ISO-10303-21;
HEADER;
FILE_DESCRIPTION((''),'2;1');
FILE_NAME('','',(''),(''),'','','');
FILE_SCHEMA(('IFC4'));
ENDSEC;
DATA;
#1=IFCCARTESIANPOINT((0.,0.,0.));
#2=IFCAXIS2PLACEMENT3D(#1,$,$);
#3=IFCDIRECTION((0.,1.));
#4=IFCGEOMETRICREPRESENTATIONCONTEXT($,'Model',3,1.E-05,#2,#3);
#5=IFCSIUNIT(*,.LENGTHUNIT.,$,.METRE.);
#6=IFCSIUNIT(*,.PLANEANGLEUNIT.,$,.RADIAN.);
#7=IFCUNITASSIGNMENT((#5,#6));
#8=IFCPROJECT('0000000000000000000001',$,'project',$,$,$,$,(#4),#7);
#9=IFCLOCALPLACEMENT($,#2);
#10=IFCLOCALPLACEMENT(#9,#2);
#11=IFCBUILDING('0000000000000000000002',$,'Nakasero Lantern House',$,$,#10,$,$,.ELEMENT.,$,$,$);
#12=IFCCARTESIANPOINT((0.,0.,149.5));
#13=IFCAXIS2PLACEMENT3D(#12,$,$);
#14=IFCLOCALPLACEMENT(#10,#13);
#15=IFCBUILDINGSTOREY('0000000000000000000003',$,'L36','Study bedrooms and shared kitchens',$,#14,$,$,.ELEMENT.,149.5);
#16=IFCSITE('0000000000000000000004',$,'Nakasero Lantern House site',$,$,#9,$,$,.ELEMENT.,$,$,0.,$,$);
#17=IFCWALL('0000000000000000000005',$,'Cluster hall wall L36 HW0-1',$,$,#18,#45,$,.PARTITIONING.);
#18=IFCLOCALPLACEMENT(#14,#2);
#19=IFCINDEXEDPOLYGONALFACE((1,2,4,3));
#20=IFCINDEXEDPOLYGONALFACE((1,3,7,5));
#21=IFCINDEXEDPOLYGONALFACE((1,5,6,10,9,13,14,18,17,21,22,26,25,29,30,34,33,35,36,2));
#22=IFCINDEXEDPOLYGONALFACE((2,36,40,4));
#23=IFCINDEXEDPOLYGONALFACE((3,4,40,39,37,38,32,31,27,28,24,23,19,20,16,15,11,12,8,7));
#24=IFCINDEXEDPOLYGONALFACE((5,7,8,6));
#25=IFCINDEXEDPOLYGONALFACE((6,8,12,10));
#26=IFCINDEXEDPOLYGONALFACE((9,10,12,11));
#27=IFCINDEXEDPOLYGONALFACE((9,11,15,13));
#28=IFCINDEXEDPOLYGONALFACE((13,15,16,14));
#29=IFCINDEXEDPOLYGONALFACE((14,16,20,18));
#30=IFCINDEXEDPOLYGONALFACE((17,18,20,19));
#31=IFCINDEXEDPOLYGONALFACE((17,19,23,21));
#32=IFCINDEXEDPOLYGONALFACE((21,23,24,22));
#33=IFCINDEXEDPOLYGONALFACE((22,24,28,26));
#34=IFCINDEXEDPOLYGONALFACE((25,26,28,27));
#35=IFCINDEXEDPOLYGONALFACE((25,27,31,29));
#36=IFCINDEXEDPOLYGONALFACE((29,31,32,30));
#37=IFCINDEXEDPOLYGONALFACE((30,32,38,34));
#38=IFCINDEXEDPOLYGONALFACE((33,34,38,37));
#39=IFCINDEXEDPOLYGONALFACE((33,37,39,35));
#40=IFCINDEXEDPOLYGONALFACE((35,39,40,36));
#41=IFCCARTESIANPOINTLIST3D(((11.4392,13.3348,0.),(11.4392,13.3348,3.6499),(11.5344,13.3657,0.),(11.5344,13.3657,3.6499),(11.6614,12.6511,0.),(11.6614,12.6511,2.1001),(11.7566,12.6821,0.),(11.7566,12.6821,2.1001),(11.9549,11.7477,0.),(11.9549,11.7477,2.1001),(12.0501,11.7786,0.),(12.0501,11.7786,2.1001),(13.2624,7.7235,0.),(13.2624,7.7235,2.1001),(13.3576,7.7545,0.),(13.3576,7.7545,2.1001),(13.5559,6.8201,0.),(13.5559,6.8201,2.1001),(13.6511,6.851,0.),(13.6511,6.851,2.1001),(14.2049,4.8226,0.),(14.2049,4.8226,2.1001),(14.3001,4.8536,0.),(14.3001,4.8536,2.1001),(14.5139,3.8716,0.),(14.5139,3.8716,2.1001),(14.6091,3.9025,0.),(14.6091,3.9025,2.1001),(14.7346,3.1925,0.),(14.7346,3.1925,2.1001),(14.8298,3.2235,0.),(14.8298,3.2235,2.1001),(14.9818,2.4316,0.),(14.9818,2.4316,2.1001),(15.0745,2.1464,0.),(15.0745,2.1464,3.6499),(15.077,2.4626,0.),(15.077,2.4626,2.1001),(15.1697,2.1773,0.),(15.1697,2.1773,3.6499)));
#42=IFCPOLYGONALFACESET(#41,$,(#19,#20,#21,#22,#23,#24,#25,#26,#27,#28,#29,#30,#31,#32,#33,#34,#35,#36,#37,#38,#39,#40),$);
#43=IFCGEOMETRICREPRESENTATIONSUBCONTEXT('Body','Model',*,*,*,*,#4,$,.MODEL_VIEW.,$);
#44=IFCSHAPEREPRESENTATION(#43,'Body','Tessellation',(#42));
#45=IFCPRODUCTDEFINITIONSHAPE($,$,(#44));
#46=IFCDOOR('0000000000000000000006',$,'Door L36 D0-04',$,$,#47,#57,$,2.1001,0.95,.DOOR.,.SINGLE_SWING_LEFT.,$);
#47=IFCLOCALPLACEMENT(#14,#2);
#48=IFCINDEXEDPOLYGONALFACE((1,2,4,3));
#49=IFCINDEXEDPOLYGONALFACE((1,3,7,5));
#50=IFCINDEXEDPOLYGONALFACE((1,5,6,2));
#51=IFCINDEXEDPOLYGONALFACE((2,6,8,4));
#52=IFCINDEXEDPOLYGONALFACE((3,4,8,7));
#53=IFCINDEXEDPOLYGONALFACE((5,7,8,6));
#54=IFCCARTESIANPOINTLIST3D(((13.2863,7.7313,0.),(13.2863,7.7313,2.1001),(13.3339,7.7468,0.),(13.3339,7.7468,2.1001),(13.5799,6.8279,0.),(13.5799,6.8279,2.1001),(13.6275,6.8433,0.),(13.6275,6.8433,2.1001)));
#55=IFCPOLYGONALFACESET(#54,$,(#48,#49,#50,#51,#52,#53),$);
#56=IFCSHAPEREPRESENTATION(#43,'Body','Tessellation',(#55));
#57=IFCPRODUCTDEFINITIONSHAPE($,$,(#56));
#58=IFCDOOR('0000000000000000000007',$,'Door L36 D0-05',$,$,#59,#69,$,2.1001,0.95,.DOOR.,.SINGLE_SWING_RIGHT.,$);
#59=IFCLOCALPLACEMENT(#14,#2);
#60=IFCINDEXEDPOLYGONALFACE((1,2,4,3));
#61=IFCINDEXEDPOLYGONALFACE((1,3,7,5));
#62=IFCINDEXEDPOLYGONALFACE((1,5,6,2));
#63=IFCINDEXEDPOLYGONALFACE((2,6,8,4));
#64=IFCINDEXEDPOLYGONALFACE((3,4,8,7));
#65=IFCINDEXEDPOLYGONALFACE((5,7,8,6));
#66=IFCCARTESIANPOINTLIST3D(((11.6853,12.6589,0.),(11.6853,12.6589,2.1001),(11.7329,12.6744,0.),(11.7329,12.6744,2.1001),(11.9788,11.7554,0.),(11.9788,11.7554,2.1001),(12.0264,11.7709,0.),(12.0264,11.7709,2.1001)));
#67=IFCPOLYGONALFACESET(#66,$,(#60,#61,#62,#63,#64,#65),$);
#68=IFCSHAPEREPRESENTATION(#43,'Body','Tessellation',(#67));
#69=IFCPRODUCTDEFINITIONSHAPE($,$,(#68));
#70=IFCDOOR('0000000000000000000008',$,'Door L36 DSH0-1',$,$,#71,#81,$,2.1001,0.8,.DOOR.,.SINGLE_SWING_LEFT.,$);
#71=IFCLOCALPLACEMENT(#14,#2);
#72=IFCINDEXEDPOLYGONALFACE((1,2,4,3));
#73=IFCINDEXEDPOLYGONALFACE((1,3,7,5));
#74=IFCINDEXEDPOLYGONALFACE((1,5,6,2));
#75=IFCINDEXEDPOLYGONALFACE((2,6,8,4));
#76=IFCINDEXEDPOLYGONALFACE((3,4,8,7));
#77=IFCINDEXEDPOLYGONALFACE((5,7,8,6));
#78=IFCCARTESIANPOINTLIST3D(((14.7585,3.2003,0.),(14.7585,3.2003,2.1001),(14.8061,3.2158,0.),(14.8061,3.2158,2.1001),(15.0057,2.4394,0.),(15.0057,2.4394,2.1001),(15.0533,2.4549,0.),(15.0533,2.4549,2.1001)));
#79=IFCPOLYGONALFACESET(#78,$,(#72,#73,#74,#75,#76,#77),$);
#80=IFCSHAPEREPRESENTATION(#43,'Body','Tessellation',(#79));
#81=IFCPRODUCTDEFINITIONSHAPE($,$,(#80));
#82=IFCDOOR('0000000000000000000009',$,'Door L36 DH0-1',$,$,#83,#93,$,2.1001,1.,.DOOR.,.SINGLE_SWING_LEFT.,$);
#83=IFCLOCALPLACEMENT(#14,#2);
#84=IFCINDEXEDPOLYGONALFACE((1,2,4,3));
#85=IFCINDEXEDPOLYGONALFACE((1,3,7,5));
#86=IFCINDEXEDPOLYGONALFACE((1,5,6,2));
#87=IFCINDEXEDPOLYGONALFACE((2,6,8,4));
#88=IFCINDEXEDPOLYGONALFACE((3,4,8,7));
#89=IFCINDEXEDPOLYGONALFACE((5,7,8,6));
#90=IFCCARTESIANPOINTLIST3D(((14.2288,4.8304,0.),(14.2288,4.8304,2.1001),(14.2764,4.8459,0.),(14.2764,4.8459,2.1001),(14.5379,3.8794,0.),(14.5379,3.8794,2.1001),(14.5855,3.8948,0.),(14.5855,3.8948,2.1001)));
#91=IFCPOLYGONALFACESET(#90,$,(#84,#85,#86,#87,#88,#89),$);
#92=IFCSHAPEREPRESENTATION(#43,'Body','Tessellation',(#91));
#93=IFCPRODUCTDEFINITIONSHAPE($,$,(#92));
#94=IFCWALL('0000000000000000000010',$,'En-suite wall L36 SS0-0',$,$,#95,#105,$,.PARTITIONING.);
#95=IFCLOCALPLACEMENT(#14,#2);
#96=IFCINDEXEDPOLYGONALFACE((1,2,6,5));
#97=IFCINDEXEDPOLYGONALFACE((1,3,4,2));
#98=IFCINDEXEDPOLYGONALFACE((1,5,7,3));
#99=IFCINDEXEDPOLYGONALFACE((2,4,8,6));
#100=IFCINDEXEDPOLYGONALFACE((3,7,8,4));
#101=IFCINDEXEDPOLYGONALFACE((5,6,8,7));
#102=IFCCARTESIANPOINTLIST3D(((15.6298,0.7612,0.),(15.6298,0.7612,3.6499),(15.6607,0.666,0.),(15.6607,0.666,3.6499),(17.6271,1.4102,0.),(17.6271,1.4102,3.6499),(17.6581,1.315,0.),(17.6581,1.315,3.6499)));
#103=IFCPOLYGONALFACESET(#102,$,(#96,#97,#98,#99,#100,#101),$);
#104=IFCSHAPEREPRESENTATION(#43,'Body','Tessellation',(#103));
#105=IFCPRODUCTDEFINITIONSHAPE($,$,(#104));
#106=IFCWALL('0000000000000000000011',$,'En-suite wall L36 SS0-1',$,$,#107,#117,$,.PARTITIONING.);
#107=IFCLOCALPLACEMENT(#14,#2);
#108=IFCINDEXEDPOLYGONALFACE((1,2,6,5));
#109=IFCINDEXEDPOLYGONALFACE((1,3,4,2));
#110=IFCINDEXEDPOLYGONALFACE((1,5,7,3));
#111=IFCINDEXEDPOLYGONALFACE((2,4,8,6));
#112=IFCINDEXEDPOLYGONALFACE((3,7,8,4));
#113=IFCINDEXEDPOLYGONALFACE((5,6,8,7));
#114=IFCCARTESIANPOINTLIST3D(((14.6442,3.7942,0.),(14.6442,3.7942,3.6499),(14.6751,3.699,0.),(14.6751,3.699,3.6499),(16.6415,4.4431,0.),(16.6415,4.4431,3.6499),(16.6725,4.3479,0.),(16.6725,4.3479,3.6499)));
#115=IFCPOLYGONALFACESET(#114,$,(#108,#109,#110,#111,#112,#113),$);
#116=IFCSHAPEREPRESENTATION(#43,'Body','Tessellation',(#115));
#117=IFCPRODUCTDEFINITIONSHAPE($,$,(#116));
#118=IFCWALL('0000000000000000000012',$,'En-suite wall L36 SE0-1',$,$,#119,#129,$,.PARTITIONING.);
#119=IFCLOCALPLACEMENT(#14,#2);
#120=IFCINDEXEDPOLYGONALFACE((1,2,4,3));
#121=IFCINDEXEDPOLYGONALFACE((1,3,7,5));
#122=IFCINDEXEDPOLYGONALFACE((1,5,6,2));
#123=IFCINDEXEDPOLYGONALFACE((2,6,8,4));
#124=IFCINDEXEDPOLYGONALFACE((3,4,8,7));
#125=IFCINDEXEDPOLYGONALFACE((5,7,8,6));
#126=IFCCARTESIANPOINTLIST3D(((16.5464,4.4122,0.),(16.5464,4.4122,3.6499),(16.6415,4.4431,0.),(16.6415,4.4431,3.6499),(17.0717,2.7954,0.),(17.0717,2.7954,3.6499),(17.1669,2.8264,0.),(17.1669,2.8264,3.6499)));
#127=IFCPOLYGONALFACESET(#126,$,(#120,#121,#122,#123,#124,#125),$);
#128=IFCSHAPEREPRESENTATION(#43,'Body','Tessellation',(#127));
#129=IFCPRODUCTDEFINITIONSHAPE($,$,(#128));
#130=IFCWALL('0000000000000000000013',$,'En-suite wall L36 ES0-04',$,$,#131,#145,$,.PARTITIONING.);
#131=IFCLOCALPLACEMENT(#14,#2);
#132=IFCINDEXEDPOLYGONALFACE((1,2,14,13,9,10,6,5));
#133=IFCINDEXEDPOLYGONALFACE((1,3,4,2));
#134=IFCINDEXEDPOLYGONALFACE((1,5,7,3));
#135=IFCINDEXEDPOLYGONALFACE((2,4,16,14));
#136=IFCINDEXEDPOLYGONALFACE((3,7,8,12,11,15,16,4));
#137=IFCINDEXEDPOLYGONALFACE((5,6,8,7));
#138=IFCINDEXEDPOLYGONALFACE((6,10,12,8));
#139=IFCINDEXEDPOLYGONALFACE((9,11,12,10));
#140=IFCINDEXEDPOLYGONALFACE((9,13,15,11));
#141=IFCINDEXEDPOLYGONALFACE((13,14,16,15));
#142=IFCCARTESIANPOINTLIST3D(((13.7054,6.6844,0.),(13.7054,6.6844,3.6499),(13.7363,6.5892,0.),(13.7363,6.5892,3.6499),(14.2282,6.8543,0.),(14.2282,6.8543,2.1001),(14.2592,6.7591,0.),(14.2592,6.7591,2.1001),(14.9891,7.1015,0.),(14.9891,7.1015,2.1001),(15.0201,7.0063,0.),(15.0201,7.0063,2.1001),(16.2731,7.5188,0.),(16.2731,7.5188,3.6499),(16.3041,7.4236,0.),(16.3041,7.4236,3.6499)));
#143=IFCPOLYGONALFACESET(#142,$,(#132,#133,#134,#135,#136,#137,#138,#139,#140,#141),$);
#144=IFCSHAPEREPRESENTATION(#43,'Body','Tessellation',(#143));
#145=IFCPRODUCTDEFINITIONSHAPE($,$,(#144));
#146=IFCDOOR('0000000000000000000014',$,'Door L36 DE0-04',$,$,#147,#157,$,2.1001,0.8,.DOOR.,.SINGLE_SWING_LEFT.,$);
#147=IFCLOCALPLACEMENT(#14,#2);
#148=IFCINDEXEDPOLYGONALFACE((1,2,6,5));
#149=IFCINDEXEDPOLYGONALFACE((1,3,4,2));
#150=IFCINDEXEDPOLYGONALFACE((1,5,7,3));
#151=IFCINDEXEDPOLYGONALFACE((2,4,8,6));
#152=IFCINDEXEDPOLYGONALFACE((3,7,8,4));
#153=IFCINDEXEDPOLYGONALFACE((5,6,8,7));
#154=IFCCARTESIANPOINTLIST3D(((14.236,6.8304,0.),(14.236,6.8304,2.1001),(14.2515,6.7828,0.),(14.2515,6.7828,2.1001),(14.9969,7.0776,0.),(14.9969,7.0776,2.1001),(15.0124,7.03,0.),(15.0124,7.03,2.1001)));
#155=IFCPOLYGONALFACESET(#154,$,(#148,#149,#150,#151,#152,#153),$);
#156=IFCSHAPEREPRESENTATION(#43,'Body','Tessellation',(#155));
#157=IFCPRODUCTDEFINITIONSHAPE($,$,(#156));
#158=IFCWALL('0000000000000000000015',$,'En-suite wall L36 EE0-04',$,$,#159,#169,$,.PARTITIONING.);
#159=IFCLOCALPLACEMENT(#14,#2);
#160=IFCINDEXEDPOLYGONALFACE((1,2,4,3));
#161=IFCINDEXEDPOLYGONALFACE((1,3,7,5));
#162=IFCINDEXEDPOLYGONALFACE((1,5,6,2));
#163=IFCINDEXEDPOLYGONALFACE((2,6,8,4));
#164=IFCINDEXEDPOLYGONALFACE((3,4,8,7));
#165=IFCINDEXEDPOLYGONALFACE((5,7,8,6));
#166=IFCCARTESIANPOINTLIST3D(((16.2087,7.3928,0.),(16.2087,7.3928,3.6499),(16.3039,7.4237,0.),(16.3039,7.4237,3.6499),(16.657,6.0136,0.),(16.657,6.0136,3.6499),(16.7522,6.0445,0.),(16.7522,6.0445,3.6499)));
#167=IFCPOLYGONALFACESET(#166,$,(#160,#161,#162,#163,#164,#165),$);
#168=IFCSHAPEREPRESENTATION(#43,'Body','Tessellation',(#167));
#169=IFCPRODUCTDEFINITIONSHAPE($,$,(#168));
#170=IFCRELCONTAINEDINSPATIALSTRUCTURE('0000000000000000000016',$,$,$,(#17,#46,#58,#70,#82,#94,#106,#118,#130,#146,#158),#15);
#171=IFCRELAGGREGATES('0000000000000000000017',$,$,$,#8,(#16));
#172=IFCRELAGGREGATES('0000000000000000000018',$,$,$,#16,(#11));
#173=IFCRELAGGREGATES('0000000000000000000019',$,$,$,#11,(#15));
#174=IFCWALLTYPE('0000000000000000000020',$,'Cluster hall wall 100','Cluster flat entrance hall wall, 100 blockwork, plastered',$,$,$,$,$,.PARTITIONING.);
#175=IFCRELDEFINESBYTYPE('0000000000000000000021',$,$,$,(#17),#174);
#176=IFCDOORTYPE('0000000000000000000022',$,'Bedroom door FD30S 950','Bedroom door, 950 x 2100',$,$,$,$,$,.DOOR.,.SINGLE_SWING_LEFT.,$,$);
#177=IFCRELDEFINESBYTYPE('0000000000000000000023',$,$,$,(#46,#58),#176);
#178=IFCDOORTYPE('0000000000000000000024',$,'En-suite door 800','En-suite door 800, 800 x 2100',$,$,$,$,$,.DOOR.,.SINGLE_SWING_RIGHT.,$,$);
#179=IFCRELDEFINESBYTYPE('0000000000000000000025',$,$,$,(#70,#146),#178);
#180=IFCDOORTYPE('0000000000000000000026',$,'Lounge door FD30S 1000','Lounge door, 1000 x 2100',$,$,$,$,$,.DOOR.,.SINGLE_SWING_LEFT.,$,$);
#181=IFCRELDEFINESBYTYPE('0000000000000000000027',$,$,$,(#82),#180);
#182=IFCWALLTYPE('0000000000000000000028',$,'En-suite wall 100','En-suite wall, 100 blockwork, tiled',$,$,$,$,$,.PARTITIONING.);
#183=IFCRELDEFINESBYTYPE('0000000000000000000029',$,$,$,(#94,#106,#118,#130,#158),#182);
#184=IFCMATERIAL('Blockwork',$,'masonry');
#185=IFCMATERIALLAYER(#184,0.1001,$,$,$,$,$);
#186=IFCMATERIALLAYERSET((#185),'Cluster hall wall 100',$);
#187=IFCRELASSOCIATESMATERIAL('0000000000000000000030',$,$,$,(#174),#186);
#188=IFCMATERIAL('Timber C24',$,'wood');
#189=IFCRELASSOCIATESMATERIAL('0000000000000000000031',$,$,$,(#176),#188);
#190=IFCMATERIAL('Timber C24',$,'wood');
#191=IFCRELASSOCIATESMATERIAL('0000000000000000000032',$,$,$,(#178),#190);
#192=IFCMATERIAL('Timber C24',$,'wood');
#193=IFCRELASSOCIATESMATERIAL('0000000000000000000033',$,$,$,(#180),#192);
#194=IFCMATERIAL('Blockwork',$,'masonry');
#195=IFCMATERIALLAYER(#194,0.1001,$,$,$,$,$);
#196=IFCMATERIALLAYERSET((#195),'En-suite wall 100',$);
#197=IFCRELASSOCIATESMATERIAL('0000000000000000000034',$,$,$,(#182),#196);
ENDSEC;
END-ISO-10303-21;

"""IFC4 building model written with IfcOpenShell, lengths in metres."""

from ifc_helpers import new_model, si_unit, direction, frame, frame_2d, origin, place, context, subcontext, project, spatial, rectangle, extrude, material, layer, layer_set, type_object, element, fill, save


model = new_model("IFC4")

# Units and contexts
model_context = context("Model", 3, precision=1e-05, world=origin(), true_north=direction((0.0, 1.0)))
body_context = subcontext(model_context, "Body", "Model", "MODEL_VIEW")
ifc_project = project(units=[si_unit("LENGTHUNIT", "METRE"), si_unit("PLANEANGLEUNIT", "RADIAN")], contexts=[model_context])

# Site, building, storey
site_placement = place(None, origin())
site = spatial("IfcSite", under=ifc_project, at=site_placement, Name="Nakasero Lantern House site", CompositionType="ELEMENT", RefElevation=0.0)
building_placement = place(site_placement, origin())
building = spatial("IfcBuilding", under=site, at=building_placement, Name="Nakasero Lantern House", CompositionType="ELEMENT")
storey_placement = place(building_placement, frame((0.0, 0.0, 149.5)))
storey = spatial("IfcBuildingStorey", under=building, at=storey_placement, Name="L36", Description="Study bedrooms and shared kitchens", CompositionType="ELEMENT", Elevation=149.5)

# Wall, openings, doors
ifc_material_1 = material(Name="Blockwork", Category="masonry")
ifc_layer_1 = layer(ifc_material_1, 0.1001)
ifc_layer_set_1 = layer_set([ifc_layer_1], Name="Cluster hall wall 100")
wall_type_1 = type_object("IfcWallType", Name="Cluster hall wall 100", Description="Cluster flat entrance hall wall, 100 blockwork, plastered", PredefinedType="PARTITIONING", material=ifc_layer_set_1)
wall_1_placement = place(storey_placement, frame((15.1221, 2.1619, 0.0), z_axis=(0.0, 0.0, 1.0), x_axis=(-0.309009, 0.951059, 0.0)))
wall_1 = element("IfcWall", 1, at=wall_1_placement, inside=storey, type_object=wall_type_1, Name="Cluster hall wall L36 HW0-1", PredefinedType="PARTITIONING", context=body_context, shape_type="SweptSolid", body=[
    extrude(rectangle(XDim=11.7642, YDim=0.1001, at=frame_2d((5.8821, 0.0))), origin(), (0.0, 0.0, 1.0), 3.6499),
])
opening_1_placement = place(wall_1_placement, frame((1.814, 0.0, 0.0)))
opening_1 = element("IfcOpeningElement", 2, at=opening_1_placement, cuts=wall_1, PredefinedType="OPENING", context=body_context, shape_type="SweptSolid", body=[
    extrude(rectangle(XDim=1.0, YDim=2.1001, at=frame_2d((0.5, 1.05))), frame((0.0, 0.0701, 0.0), z_axis=(0.0, -1.0, 0.0), x_axis=(1.0, 0.0, 0.0)), (0.0, 0.0, 1.0), 0.1401),
])
opening_2_placement = place(wall_1_placement, frame((0.3, 0.0, 0.0)))
opening_2 = element("IfcOpeningElement", 3, at=opening_2_placement, cuts=wall_1, PredefinedType="OPENING", context=body_context, shape_type="SweptSolid", body=[
    extrude(rectangle(XDim=0.8, YDim=2.1001, at=frame_2d((0.3999, 1.05))), frame((0.0, 0.0701, 0.0), z_axis=(0.0, -1.0, 0.0), x_axis=(1.0, 0.0, 0.0)), (0.0, 0.0, 1.0), 0.1401),
])
opening_3_placement = place(wall_1_placement, frame((4.9141, 0.0, 0.0)))
opening_3 = element("IfcOpeningElement", 4, at=opening_3_placement, cuts=wall_1, PredefinedType="OPENING", context=body_context, shape_type="SweptSolid", body=[
    extrude(rectangle(XDim=0.95, YDim=2.1001, at=frame_2d((0.4751, 1.05))), frame((0.0, 0.0701, 0.0), z_axis=(0.0, -1.0, 0.0), x_axis=(1.0, 0.0, 0.0)), (0.0, 0.0, 1.0), 0.1401),
])
opening_4_placement = place(wall_1_placement, frame((10.0952, 0.0, 0.0)))
opening_4 = element("IfcOpeningElement", 5, at=opening_4_placement, cuts=wall_1, PredefinedType="OPENING", context=body_context, shape_type="SweptSolid", body=[
    extrude(rectangle(XDim=0.95, YDim=2.1001, at=frame_2d((0.4751, 1.05))), frame((0.0, 0.0701, 0.0), z_axis=(0.0, -1.0, 0.0), x_axis=(1.0, 0.0, 0.0)), (0.0, 0.0, 1.0), 0.1401),
])
ifc_material_2 = material(Name="Timber C24", Category="wood")
door_type_1 = type_object("IfcDoorType", Name="Bedroom door FD30S 950", Description="Bedroom door, 950 x 2100", OperationType="SINGLE_SWING_LEFT", PredefinedType="DOOR", material=ifc_material_2)
door_1_placement = place(opening_3_placement, origin())
door_1 = element("IfcDoor", 6, at=door_1_placement, inside=storey, type_object=door_type_1, Name="Door L36 D0-04", OperationType="SINGLE_SWING_LEFT", OverallHeight=2.1001, OverallWidth=0.95, PredefinedType="DOOR", context=body_context, shape_type="SweptSolid", body=[
    extrude(rectangle(XDim=0.95, YDim=2.1001, at=frame_2d((0.4751, 1.05))), frame((0.0, 0.0249, 0.0), z_axis=(0.0, -1.0, 0.0), x_axis=(1.0, 0.0, 0.0)), (0.0, 0.0, 1.0), 0.05),
])
fill(opening_3, door_1)
door_2_placement = place(opening_4_placement, origin())
door_2 = element("IfcDoor", 7, at=door_2_placement, inside=storey, type_object=door_type_1, Name="Door L36 D0-05", OperationType="SINGLE_SWING_RIGHT", OverallHeight=2.1001, OverallWidth=0.95, PredefinedType="DOOR", context=body_context, shape_type="SweptSolid", body=[
    extrude(rectangle(XDim=0.95, YDim=2.1001, at=frame_2d((0.4751, 1.05))), frame((0.0, 0.0249, 0.0), z_axis=(0.0, -1.0, 0.0), x_axis=(1.0, 0.0, 0.0)), (0.0, 0.0, 1.0), 0.05),
])
fill(opening_4, door_2)
ifc_material_3 = material(Name="Timber C24", Category="wood")
door_type_2 = type_object("IfcDoorType", Name="En-suite door 800", Description="En-suite door 800, 800 x 2100", OperationType="SINGLE_SWING_RIGHT", PredefinedType="DOOR", material=ifc_material_3)
door_3_placement = place(opening_2_placement, origin())
door_3 = element("IfcDoor", 8, at=door_3_placement, inside=storey, type_object=door_type_2, Name="Door L36 DSH0-1", OperationType="SINGLE_SWING_LEFT", OverallHeight=2.1001, OverallWidth=0.8, PredefinedType="DOOR", context=body_context, shape_type="SweptSolid", body=[
    extrude(rectangle(XDim=0.8, YDim=2.1001, at=frame_2d((0.3999, 1.05))), frame((0.0, 0.0249, 0.0), z_axis=(0.0, -1.0, 0.0), x_axis=(1.0, 0.0, 0.0)), (0.0, 0.0, 1.0), 0.05),
])
fill(opening_2, door_3)
ifc_material_4 = material(Name="Timber C24", Category="wood")
door_type_3 = type_object("IfcDoorType", Name="Lounge door FD30S 1000", Description="Lounge door, 1000 x 2100", OperationType="SINGLE_SWING_LEFT", PredefinedType="DOOR", material=ifc_material_4)
door_4_placement = place(opening_1_placement, origin())
door_4 = element("IfcDoor", 9, at=door_4_placement, inside=storey, type_object=door_type_3, Name="Door L36 DH0-1", OperationType="SINGLE_SWING_LEFT", OverallHeight=2.1001, OverallWidth=1.0, PredefinedType="DOOR", context=body_context, shape_type="SweptSolid", body=[
    extrude(rectangle(XDim=1.0, YDim=2.1001, at=frame_2d((0.5, 1.05))), frame((0.0, 0.0249, 0.0), z_axis=(0.0, -1.0, 0.0), x_axis=(1.0, 0.0, 0.0)), (0.0, 0.0, 1.0), 0.05),
])
fill(opening_1, door_4)

# Walls
ifc_material_5 = material(Name="Blockwork", Category="masonry")
ifc_layer_2 = layer(ifc_material_5, 0.1001)
ifc_layer_set_2 = layer_set([ifc_layer_2], Name="En-suite wall 100")
wall_type_2 = type_object("IfcWallType", Name="En-suite wall 100", Description="En-suite wall, 100 blockwork, tiled", PredefinedType="PARTITIONING", material=ifc_layer_set_2)
for number, where, z_axis, x_axis, name in (
    (10, (15.6453, 0.7136, 0.0), (0.0, 0.0, 1.0), (0.951062, 0.308999, 0.0), "En-suite wall L36 SS0-0"),
    (11, (14.6597, 3.7466, 0.0), (0.0, 0.0, 1.0), (0.951062, 0.308999, 0.0), "En-suite wall L36 SS0-1"),
):
    element("IfcWall", number, at=place(storey_placement, frame(where, z_axis=z_axis, x_axis=x_axis)), inside=storey, type_object=wall_type_2, Name=name, PredefinedType="PARTITIONING", context=body_context, shape_type="SweptSolid", body=[
        extrude(rectangle(XDim=2.1001, YDim=0.1001, at=frame_2d((1.05, 0.0))), origin(), (0.0, 0.0, 1.0), 3.6499),
    ])
wall_2_placement = place(storey_placement, frame((17.1194, 2.8108, 0.0), z_axis=(0.0, 0.0, 1.0), x_axis=(-0.309067, 0.95104, 0.0)))
element("IfcWall", 12, at=wall_2_placement, inside=storey, type_object=wall_type_2, Name="En-suite wall L36 SE0-1", PredefinedType="PARTITIONING", context=body_context, shape_type="SweptSolid", body=[
    extrude(rectangle(XDim=1.7, YDim=0.1001, at=frame_2d((0.8501, 0.0))), origin(), (0.0, 0.0, 1.0), 3.6499),
])

# Wall, opening, door
wall_3_placement = place(storey_placement, frame((13.7207, 6.6367, 0.0), z_axis=(0.0, 0.0, 1.0), x_axis=(0.951043, 0.309057, 0.0)))
wall_3 = element("IfcWall", 13, at=wall_3_placement, inside=storey, type_object=wall_type_2, Name="En-suite wall L36 ES0-04", PredefinedType="PARTITIONING", context=body_context, shape_type="SweptSolid", body=[
    extrude(rectangle(XDim=2.7, YDim=0.1001, at=frame_2d((1.3501, 0.0))), origin(), (0.0, 0.0, 1.0), 3.6499),
])
opening_5_placement = place(wall_3_placement, frame((0.55, 0.0, 0.0)))
opening_5 = element("IfcOpeningElement", 14, at=opening_5_placement, cuts=wall_3, PredefinedType="OPENING", context=body_context, shape_type="SweptSolid", body=[
    extrude(rectangle(XDim=0.8, YDim=2.1001, at=frame_2d((0.3999, 1.05))), frame((0.0, 0.0701, 0.0), z_axis=(0.0, -1.0, 0.0), x_axis=(1.0, 0.0, 0.0)), (0.0, 0.0, 1.0), 0.1401),
])
door_5_placement = place(opening_5_placement, origin())
door_5 = element("IfcDoor", 15, at=door_5_placement, inside=storey, type_object=door_type_2, Name="Door L36 DE0-04", OperationType="SINGLE_SWING_LEFT", OverallHeight=2.1001, OverallWidth=0.8, PredefinedType="DOOR", context=body_context, shape_type="SweptSolid", body=[
    extrude(rectangle(XDim=0.8, YDim=2.1001, at=frame_2d((0.3999, 1.05))), frame((0.0, 0.0249, 0.0), z_axis=(0.0, -1.0, 0.0), x_axis=(1.0, 0.0, 0.0)), (0.0, 0.0, 1.0), 0.05),
])
fill(opening_5, door_5)

# Wall
wall_4_placement = place(storey_placement, frame((16.7046, 6.0291, 0.0), z_axis=(0.0, 0.0, 1.0), x_axis=(-0.309097, 0.95103, 0.0)))
element("IfcWall", 16, at=wall_4_placement, inside=storey, type_object=wall_type_2, Name="En-suite wall L36 EE0-04", PredefinedType="PARTITIONING", context=body_context, shape_type="SweptSolid", body=[
    extrude(rectangle(XDim=1.4502, YDim=0.1001, at=frame_2d((0.7251, 0.0))), origin(), (0.0, 0.0, 1.0), 3.6499),
])

save(model, "model.ifc")
